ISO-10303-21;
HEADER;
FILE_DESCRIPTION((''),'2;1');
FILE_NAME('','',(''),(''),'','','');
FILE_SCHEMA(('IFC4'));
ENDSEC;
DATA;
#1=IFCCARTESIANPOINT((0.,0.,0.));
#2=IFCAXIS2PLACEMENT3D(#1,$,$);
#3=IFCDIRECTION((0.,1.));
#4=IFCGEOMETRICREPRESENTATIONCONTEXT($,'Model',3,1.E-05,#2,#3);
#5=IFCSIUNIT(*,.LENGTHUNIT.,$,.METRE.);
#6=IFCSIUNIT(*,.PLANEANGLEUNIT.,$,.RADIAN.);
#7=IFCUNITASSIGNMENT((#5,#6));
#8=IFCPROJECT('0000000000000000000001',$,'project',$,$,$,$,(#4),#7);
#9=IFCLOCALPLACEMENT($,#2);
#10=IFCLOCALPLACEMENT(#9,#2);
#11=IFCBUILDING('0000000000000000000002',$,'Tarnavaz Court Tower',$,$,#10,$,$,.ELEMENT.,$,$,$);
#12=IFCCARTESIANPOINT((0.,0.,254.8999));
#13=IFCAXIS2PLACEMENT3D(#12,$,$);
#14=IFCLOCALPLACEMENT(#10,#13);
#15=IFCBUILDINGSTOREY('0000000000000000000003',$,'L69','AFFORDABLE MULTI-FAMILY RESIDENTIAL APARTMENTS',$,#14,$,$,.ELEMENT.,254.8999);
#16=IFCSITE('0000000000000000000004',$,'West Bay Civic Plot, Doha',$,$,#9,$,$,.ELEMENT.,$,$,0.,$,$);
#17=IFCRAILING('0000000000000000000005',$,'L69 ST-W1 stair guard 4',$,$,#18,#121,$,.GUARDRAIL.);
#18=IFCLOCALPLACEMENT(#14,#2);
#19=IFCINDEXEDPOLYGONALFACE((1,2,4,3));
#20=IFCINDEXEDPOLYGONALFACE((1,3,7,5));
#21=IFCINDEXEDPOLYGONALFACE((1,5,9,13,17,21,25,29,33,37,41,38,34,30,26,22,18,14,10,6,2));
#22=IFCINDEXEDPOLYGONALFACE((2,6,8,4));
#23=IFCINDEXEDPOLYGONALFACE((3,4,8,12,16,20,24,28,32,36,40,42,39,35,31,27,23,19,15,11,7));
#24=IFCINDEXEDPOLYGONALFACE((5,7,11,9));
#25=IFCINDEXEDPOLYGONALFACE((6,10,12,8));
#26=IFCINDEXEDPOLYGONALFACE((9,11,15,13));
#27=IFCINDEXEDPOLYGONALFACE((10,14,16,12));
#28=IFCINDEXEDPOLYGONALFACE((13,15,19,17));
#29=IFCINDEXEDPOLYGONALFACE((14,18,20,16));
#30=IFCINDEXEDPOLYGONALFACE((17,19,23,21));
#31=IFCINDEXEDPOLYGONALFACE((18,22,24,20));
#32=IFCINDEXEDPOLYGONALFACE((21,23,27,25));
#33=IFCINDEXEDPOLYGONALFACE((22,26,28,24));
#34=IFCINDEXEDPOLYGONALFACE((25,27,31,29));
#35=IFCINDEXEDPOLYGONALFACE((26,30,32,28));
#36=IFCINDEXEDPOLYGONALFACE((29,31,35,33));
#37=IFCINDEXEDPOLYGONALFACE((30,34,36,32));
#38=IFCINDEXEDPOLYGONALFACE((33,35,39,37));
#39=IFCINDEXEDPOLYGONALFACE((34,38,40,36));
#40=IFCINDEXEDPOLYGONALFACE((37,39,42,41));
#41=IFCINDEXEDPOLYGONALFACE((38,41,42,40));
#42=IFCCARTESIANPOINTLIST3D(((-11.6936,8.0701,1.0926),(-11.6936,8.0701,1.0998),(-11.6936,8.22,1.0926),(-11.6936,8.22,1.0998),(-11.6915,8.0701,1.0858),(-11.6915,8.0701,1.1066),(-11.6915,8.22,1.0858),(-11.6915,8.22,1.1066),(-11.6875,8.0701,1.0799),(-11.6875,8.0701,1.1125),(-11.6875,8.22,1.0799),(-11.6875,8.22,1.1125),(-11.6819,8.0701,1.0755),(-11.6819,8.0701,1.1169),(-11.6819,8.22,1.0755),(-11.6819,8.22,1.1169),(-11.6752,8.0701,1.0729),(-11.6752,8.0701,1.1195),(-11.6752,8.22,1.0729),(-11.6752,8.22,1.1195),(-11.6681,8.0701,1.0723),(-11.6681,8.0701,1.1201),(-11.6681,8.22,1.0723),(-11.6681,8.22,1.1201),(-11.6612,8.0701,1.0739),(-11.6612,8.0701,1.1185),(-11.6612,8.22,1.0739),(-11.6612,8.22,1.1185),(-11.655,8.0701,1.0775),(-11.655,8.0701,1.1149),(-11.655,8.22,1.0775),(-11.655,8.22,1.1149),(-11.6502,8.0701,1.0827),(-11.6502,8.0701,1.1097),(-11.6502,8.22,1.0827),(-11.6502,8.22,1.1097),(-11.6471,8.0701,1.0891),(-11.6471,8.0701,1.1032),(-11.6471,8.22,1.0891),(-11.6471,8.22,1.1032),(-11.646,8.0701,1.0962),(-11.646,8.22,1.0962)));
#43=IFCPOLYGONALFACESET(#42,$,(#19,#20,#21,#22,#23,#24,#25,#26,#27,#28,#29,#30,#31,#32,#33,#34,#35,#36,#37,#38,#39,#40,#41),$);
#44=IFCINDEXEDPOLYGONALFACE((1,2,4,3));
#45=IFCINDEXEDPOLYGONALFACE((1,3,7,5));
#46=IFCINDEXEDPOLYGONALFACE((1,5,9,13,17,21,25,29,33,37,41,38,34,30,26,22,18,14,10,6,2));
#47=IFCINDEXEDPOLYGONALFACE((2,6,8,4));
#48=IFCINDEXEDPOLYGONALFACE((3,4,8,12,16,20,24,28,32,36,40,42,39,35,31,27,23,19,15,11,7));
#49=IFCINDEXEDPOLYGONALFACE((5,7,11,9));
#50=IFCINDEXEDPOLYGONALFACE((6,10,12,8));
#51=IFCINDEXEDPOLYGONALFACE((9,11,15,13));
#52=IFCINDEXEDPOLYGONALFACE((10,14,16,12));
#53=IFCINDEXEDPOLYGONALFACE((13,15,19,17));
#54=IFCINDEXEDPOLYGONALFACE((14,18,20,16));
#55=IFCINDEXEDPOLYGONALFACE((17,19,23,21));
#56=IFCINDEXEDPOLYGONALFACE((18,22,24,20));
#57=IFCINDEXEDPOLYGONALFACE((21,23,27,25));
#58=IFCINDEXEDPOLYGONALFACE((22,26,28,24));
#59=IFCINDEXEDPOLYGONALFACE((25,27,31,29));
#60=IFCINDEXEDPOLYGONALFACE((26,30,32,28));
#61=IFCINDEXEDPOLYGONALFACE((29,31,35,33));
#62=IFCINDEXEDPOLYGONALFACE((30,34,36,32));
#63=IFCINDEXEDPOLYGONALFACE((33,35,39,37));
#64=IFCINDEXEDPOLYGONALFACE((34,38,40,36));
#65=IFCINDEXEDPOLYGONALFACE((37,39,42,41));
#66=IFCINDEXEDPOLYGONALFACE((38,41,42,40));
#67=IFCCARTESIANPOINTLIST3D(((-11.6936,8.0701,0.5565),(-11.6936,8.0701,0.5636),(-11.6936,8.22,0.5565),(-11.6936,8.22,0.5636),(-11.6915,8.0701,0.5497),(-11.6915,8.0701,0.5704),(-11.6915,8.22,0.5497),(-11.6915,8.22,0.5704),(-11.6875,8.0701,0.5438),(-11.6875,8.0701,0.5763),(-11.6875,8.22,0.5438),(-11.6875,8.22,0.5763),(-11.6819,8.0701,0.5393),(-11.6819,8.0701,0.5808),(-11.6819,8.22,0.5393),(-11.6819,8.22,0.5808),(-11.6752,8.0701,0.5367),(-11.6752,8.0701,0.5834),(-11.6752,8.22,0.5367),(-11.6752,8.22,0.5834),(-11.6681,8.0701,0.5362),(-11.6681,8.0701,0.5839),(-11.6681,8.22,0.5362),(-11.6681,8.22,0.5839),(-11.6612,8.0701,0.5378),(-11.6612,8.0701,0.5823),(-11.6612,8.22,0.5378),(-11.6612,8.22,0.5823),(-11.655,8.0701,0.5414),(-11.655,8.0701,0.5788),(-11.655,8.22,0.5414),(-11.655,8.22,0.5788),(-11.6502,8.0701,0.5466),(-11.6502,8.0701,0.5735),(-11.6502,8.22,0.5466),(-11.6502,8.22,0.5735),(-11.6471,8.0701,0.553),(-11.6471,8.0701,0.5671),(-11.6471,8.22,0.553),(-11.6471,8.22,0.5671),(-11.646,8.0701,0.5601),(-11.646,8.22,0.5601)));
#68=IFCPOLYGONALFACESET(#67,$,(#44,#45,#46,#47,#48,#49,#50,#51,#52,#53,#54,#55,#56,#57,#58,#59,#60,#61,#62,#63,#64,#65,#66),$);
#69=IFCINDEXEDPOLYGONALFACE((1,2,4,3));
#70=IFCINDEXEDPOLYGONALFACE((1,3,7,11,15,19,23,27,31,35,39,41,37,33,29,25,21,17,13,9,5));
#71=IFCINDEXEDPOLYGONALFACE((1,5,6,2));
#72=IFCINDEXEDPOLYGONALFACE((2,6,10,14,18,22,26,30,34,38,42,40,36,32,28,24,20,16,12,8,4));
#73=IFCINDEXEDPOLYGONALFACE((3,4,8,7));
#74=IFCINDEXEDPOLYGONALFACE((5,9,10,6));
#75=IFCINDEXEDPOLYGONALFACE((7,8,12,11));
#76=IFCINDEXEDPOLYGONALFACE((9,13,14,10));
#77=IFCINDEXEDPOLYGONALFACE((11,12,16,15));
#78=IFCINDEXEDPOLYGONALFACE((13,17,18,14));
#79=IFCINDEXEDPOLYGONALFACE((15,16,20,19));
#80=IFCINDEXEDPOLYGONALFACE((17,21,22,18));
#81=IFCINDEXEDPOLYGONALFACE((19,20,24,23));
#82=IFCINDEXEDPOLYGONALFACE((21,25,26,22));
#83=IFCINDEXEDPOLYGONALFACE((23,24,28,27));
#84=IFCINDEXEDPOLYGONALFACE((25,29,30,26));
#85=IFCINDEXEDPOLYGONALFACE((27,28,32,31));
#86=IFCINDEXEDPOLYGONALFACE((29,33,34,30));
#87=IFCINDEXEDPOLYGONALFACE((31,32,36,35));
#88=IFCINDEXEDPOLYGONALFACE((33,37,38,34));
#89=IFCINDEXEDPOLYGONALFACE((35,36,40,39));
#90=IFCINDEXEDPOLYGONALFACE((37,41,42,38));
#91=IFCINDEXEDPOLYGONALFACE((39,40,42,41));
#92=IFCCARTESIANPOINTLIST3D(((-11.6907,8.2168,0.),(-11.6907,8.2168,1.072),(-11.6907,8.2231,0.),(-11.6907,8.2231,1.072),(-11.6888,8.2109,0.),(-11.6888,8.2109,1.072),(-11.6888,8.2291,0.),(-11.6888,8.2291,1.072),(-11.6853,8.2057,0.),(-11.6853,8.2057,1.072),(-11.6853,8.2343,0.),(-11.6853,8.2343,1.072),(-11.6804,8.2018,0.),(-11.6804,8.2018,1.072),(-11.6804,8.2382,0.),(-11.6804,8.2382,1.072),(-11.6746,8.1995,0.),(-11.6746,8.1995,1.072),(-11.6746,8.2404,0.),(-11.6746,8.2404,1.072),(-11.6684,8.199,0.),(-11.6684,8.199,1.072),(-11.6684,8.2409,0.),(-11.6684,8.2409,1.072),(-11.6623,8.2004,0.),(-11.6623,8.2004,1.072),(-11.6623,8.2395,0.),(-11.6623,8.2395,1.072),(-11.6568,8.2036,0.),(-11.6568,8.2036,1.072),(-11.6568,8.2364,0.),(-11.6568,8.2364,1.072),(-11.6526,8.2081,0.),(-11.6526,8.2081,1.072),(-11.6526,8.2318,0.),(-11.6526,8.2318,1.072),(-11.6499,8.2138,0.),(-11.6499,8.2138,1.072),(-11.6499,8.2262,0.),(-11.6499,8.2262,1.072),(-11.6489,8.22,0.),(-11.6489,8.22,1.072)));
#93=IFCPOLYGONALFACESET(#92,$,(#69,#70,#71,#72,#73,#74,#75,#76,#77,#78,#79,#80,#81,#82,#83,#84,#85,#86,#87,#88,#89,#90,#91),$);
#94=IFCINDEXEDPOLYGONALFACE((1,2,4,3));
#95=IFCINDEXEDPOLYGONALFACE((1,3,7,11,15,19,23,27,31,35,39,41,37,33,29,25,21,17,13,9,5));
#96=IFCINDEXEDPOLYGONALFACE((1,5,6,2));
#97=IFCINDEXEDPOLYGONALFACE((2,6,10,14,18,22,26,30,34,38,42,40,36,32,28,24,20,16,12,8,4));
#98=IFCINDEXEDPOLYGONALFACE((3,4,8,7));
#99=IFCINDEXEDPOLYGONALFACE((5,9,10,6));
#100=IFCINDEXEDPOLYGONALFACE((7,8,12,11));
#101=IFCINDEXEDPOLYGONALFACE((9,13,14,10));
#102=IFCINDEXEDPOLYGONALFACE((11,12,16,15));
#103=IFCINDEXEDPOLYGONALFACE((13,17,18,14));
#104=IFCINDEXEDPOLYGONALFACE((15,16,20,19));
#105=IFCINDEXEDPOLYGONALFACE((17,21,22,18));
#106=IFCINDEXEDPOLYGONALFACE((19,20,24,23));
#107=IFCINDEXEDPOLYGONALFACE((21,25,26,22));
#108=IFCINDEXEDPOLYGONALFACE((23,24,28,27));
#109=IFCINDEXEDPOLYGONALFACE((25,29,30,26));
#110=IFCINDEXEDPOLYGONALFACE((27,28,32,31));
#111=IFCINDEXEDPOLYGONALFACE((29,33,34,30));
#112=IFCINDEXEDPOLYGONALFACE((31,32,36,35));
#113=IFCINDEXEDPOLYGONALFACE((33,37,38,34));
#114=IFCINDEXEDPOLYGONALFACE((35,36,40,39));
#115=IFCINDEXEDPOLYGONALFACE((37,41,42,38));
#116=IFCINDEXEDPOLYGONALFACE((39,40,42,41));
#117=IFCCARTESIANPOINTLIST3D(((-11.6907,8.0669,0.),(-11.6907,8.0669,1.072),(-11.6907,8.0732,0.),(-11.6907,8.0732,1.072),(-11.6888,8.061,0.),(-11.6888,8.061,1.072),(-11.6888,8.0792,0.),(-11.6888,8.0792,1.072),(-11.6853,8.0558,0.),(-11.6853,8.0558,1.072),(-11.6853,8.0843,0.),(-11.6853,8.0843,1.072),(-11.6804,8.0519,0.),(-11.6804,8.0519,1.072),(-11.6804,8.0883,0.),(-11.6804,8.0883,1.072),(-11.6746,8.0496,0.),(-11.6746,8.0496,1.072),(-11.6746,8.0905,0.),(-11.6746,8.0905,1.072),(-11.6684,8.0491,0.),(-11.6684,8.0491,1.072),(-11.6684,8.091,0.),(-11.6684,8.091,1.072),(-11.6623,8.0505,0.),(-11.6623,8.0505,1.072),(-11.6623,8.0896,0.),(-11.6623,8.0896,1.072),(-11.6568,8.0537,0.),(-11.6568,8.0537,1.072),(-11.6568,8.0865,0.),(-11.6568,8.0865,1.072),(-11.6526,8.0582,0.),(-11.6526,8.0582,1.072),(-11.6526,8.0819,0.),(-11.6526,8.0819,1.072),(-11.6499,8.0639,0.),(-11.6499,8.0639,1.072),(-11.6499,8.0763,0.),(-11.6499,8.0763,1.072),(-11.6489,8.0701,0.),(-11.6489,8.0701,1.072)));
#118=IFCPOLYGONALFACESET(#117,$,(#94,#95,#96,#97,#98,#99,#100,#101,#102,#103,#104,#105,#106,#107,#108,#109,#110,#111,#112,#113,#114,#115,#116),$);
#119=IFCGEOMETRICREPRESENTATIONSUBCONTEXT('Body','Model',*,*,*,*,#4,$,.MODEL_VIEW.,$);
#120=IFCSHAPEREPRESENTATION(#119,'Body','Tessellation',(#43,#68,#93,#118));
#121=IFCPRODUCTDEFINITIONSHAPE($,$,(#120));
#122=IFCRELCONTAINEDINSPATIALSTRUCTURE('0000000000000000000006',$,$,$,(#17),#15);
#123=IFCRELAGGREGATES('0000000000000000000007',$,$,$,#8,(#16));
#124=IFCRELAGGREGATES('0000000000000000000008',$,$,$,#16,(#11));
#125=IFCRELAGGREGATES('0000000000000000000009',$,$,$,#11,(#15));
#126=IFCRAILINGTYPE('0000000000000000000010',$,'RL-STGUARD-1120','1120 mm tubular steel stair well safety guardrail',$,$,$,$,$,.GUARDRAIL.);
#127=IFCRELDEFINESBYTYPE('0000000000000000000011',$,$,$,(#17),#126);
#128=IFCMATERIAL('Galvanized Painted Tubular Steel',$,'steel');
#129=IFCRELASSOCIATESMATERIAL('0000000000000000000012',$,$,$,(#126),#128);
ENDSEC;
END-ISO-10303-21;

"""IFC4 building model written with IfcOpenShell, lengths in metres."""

from ifc_helpers import new_model, si_unit, direction, frame, origin, origin_2d, place, context, subcontext, project, spatial, circle, extrude, material, type_object, element, save


model = new_model("IFC4")

# Units and contexts
model_context = context("Model", 3, precision=1e-05, world=origin(), true_north=direction((0.0, 1.0)))
body_context = subcontext(model_context, "Body", "Model", "MODEL_VIEW")
ifc_project = project(units=[si_unit("LENGTHUNIT", "METRE"), si_unit("PLANEANGLEUNIT", "RADIAN")], contexts=[model_context])

# Site, building, storey
site_placement = place(None, origin())
site = spatial("IfcSite", under=ifc_project, at=site_placement, Name="West Bay Civic Plot, Doha", CompositionType="ELEMENT", RefElevation=0.0)
building_placement = place(site_placement, origin())
building = spatial("IfcBuilding", under=site, at=building_placement, Name="Tarnavaz Court Tower", CompositionType="ELEMENT")
storey_placement = place(building_placement, frame((0.0, 0.0, 254.8999)))
storey = spatial("IfcBuildingStorey", under=building, at=storey_placement, Name="L69", Description="AFFORDABLE MULTI-FAMILY RESIDENTIAL APARTMENTS", CompositionType="ELEMENT", Elevation=254.8999)

# Railing
ifc_material_1 = material(Name="Galvanized Painted Tubular Steel", Category="steel")
railing_type_1 = type_object("IfcRailingType", Name="RL-STGUARD-1120", Description="1120 mm tubular steel stair well safety guardrail", PredefinedType="GUARDRAIL", material=ifc_material_1)
railing_1_placement = place(storey_placement, frame((-11.6699, 8.22, 0.0)))
element("IfcRailing", 1, at=railing_1_placement, inside=storey, type_object=railing_type_1, Name="L69 ST-W1 stair guard 4", PredefinedType="GUARDRAIL", context=body_context, shape_type="SweptSolid", body=[
    extrude(circle(Radius=0.0239, at=origin_2d()), frame((0.0, 0.0, 1.0962), z_axis=(0.0, -1.0, 0.0), x_axis=(1.0, 0.0, 0.0)), (0.0, 0.0, 1.0), 0.1499),
    extrude(circle(Radius=0.0239, at=origin_2d()), frame((0.0, 0.0, 0.5601), z_axis=(0.0, -1.0, 0.0), x_axis=(1.0, 0.0, 0.0)), (0.0, 0.0, 1.0), 0.1499),
    extrude(circle(Radius=0.021, at=origin_2d()), origin(), (0.0, 0.0, 1.0), 1.072),
    extrude(circle(Radius=0.021, at=origin_2d()), frame((0.0, -0.1499, 0.0)), (0.0, 0.0, 1.0), 1.072),
])

save(model, "model.ifc")
